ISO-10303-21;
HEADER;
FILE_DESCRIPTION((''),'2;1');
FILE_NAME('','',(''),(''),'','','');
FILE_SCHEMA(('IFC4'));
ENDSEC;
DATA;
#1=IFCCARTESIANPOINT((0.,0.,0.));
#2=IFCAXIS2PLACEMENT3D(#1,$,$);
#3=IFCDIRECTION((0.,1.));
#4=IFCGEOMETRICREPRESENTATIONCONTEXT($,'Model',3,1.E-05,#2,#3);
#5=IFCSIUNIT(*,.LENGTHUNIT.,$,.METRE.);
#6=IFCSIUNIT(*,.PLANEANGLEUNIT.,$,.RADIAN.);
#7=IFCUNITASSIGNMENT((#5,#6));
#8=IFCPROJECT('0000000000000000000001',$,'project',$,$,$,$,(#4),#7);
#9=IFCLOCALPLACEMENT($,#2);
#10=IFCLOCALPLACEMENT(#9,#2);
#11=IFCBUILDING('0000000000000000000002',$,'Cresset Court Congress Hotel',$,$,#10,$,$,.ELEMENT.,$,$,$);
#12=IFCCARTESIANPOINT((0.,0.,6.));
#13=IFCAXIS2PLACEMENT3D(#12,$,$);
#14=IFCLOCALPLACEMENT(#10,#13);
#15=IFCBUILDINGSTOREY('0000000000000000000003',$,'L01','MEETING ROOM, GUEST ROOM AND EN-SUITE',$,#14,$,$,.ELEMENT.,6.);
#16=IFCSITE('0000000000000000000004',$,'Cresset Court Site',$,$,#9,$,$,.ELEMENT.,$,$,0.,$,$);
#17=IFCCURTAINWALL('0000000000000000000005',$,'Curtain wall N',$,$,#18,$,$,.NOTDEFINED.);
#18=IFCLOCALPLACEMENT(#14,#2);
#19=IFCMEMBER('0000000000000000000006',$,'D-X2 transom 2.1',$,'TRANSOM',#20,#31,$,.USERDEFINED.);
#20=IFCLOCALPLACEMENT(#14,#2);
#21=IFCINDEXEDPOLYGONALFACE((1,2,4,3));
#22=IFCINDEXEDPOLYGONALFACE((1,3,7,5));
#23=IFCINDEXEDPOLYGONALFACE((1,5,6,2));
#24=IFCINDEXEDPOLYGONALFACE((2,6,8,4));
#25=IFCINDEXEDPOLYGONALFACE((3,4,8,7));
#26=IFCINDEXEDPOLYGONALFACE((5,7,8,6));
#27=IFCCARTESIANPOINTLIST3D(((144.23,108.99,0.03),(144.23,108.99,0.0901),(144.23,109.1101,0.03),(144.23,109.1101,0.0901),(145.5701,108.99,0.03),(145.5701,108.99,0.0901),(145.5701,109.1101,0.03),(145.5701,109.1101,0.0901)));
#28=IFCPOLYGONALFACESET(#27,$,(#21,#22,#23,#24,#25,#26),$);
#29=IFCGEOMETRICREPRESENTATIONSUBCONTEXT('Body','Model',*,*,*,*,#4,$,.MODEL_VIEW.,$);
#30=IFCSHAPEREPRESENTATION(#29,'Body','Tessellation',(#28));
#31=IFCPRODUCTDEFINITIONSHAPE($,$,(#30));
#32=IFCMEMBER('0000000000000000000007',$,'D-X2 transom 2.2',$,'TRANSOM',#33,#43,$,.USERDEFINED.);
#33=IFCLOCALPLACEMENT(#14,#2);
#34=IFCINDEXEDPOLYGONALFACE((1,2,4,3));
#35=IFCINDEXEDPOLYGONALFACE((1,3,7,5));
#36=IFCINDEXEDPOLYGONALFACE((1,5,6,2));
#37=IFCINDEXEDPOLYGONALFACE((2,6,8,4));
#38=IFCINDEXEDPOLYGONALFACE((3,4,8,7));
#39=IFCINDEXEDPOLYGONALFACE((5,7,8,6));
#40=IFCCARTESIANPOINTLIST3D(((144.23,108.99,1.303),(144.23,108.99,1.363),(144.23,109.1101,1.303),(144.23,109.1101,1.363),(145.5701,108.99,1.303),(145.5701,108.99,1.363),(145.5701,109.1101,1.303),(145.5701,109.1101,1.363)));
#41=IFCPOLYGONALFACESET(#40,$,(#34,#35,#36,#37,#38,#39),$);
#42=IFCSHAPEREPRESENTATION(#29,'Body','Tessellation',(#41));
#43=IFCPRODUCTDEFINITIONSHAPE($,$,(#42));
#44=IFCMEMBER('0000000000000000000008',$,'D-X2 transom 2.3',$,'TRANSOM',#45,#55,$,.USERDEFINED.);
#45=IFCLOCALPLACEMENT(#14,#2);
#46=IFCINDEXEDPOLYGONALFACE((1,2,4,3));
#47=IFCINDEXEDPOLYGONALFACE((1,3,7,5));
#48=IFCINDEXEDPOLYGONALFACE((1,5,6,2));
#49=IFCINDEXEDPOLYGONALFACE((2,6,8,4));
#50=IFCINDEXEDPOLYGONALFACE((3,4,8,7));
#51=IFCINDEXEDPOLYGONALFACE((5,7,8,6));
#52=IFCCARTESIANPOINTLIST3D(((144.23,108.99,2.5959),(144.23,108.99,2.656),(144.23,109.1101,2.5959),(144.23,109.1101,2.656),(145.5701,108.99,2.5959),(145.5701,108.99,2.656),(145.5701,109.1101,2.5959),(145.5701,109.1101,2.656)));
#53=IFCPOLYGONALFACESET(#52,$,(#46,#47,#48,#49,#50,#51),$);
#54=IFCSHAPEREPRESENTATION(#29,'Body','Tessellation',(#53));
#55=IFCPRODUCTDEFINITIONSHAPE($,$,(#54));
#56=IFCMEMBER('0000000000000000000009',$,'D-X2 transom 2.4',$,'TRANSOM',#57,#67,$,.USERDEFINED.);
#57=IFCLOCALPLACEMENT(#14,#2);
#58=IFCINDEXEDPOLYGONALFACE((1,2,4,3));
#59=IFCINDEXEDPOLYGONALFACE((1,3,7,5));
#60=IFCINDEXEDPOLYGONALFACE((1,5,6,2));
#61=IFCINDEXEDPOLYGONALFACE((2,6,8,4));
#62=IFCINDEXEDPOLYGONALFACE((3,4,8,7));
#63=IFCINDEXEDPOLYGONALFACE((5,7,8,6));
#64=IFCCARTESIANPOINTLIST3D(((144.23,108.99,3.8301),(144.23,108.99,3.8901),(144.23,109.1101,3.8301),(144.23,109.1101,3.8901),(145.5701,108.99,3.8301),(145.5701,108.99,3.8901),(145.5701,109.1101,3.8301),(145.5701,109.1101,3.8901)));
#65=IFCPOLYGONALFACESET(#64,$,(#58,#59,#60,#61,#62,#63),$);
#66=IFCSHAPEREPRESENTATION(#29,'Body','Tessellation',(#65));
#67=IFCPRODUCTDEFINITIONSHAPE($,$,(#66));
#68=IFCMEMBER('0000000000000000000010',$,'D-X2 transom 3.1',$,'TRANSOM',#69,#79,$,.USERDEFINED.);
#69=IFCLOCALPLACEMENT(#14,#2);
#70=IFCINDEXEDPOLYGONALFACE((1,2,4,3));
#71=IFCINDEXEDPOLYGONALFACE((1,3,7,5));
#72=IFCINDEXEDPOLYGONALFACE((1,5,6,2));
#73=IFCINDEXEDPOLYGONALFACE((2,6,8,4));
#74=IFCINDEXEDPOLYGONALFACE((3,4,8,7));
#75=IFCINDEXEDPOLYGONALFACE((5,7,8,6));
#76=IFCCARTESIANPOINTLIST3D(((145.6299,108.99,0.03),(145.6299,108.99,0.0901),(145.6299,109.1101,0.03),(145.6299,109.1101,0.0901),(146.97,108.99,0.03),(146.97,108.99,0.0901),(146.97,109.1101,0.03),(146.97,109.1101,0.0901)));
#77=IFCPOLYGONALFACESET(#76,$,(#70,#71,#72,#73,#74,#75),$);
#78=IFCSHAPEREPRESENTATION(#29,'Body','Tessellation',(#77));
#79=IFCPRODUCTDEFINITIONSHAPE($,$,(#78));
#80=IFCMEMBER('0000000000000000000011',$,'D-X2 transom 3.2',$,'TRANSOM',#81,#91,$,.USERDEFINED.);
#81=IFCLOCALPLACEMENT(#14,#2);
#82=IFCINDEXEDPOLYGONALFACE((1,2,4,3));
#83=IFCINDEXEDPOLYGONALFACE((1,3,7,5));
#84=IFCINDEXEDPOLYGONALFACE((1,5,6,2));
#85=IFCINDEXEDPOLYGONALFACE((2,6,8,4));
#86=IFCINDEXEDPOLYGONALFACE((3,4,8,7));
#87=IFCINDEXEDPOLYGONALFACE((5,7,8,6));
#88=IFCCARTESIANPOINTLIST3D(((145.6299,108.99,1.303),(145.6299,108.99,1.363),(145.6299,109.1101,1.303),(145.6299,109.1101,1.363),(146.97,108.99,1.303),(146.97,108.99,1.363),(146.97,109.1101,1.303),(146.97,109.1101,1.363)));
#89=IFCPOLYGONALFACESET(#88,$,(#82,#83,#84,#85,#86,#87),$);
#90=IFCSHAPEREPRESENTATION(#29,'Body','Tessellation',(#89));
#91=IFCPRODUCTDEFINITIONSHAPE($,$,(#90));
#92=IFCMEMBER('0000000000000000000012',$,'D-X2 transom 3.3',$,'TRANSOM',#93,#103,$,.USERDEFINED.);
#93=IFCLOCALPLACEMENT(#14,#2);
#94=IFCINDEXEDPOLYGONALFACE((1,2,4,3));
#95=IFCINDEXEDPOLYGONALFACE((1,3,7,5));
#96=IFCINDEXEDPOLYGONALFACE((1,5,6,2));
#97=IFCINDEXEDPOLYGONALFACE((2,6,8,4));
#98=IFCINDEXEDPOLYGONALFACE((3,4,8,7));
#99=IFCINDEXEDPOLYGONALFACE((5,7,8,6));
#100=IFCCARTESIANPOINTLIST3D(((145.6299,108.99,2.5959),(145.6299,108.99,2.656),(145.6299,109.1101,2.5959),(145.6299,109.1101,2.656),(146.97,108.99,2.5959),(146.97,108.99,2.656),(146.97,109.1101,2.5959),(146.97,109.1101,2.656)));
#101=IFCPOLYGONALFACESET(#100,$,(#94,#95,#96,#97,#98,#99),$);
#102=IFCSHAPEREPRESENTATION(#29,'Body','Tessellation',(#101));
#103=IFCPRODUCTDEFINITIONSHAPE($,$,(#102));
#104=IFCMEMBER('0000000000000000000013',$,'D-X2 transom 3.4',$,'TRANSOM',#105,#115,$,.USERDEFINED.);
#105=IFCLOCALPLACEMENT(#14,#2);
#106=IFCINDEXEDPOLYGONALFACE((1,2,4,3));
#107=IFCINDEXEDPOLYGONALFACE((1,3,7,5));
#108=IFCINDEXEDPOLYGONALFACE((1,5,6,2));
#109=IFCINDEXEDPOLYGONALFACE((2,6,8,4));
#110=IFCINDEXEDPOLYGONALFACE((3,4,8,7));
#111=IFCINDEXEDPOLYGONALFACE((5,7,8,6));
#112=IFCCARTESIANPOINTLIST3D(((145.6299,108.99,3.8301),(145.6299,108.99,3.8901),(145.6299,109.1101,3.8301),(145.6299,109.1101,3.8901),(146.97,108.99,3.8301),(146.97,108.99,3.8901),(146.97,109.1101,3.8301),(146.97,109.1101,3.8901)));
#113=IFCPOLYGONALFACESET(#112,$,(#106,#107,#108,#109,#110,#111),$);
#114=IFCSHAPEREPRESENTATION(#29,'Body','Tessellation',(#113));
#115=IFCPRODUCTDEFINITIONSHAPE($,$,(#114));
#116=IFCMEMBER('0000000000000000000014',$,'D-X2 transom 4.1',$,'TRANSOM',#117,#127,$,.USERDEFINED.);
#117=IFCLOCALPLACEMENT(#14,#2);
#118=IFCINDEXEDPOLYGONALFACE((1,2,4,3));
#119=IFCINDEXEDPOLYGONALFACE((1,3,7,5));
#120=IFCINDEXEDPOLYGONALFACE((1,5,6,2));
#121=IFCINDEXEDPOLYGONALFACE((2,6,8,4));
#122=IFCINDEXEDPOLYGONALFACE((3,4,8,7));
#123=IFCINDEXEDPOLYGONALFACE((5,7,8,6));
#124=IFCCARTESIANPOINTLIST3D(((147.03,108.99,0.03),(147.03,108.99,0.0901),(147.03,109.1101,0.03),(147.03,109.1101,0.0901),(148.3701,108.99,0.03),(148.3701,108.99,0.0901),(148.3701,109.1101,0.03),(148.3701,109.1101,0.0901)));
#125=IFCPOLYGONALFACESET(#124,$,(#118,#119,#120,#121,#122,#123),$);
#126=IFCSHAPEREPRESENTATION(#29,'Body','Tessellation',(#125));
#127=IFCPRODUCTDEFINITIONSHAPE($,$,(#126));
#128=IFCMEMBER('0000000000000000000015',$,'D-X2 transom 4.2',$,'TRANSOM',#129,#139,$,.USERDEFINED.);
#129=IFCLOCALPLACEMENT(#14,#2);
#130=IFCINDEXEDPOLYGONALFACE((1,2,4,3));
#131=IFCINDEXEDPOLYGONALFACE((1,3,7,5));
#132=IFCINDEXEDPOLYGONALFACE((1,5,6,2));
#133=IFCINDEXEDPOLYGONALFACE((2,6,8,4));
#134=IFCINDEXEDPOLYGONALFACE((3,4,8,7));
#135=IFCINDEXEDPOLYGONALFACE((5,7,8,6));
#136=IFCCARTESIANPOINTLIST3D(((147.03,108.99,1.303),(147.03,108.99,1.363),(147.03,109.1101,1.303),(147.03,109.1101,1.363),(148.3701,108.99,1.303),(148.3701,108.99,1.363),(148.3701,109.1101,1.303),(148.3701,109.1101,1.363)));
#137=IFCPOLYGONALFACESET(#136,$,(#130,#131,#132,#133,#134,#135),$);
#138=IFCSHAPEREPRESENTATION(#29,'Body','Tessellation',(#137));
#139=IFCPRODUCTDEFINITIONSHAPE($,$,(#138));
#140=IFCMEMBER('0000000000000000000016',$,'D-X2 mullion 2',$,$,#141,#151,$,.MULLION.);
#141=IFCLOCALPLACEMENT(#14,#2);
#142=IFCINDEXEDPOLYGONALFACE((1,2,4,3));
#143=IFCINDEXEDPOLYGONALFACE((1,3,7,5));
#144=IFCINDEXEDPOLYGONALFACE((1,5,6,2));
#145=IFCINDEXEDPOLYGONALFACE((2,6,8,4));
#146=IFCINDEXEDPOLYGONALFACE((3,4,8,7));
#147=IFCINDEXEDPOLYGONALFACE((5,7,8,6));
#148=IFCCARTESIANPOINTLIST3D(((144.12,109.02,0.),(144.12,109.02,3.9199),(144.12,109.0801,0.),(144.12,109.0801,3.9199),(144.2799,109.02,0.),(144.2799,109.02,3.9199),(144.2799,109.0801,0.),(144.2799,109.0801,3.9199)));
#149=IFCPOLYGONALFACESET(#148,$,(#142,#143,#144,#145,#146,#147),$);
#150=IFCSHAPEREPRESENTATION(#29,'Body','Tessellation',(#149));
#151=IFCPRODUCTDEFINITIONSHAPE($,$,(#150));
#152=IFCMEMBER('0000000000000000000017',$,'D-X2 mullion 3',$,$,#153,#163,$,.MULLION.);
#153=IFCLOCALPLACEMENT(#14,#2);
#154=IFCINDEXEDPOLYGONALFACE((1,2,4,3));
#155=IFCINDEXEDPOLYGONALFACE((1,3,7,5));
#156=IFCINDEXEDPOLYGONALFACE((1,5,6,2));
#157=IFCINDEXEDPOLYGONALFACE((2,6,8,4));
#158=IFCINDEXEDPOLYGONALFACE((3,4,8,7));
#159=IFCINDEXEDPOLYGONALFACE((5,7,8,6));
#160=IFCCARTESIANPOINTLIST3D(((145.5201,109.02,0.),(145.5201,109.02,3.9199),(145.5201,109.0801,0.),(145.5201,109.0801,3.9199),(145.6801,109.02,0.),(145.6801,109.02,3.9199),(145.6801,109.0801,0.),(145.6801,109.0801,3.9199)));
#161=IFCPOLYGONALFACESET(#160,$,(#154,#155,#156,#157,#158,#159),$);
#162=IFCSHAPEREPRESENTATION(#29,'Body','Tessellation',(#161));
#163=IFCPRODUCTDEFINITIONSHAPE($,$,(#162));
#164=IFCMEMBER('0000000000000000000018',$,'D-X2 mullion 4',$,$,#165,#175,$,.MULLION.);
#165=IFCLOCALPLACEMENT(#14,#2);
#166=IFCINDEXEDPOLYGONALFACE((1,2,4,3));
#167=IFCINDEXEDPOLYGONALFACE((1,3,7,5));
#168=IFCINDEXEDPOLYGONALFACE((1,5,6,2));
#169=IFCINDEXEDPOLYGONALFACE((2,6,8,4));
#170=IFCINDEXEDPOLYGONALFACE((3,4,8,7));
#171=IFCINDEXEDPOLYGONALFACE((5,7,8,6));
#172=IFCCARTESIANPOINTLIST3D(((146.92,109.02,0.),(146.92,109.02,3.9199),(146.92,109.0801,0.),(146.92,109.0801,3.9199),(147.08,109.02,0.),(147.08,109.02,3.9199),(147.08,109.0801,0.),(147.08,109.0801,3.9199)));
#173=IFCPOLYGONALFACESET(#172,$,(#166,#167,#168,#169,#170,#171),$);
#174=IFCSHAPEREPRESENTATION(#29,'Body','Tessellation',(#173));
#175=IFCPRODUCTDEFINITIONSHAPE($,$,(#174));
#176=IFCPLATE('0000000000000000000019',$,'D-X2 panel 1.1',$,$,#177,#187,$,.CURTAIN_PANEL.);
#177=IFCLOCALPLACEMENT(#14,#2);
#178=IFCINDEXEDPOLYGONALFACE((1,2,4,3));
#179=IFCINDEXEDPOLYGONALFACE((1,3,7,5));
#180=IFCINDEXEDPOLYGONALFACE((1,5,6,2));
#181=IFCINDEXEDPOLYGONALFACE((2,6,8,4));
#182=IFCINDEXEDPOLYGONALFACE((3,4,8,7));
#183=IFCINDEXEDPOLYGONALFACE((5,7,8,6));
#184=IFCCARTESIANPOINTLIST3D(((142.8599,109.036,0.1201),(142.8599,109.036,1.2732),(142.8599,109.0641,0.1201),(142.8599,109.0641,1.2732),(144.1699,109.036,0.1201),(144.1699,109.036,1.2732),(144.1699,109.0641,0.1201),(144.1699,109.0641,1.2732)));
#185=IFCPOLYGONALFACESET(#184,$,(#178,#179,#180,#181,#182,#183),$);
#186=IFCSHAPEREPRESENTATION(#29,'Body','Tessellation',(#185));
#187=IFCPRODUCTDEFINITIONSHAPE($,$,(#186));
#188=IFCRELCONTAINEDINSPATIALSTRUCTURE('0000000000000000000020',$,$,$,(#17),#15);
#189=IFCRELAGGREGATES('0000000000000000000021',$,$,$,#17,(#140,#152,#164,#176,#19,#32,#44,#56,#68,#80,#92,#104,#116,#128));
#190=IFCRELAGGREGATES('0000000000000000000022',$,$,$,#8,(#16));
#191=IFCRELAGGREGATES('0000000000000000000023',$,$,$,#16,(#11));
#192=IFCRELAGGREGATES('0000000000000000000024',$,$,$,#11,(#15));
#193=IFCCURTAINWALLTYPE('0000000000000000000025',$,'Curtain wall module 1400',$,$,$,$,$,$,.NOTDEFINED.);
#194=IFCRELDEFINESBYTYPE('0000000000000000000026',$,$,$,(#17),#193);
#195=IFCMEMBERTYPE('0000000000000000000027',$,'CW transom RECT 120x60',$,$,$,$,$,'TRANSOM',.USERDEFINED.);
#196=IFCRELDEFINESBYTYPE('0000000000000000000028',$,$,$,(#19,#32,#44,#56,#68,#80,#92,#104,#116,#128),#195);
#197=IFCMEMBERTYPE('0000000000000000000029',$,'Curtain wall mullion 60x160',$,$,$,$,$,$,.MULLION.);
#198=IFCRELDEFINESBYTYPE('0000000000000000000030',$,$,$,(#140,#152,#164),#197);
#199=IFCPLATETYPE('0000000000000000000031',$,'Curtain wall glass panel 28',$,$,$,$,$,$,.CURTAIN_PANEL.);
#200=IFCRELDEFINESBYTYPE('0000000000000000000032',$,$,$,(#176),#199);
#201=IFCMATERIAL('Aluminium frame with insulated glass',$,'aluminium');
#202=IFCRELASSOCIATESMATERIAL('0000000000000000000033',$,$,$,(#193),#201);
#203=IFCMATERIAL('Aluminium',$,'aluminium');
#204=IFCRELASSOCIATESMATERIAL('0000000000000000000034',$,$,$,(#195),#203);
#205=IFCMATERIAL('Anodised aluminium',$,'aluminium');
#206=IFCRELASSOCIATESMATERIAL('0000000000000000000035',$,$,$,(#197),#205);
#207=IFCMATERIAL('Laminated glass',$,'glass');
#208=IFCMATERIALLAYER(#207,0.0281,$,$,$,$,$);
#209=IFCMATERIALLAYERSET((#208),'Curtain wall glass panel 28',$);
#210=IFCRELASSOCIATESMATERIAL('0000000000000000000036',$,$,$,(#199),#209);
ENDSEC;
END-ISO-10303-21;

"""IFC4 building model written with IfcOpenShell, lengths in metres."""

from ifc_helpers import new_model, si_unit, direction, frame, origin, origin_2d, place, context, subcontext, project, spatial, rectangle, extrude, material, layer, layer_set, material_profile, profile_set, type_object, element, aggregate, save


model = new_model("IFC4")

# Units and contexts
model_context = context("Model", 3, precision=1e-05, world=origin(), true_north=direction((0.0, 1.0)))
body_context = subcontext(model_context, "Body", "Model", "MODEL_VIEW")
ifc_project = project(units=[si_unit("LENGTHUNIT", "METRE"), si_unit("PLANEANGLEUNIT", "RADIAN")], contexts=[model_context])

# Site, building, storey
site_placement = place(None, origin())
site = spatial("IfcSite", under=ifc_project, at=site_placement, Name="Cresset Court Site", CompositionType="ELEMENT", RefElevation=0.0)
building_placement = place(site_placement, origin())
building = spatial("IfcBuilding", under=site, at=building_placement, Name="Cresset Court Congress Hotel", CompositionType="ELEMENT")
storey_placement = place(building_placement, frame((0.0, 0.0, 6.0)))
storey = spatial("IfcBuildingStorey", under=building, at=storey_placement, Name="L01", Description="MEETING ROOM, GUEST ROOM AND EN-SUITE", CompositionType="ELEMENT", Elevation=6.0)

# Curtain wall, members, plate
ifc_material_1 = material(Name="Aluminium frame with insulated glass", Category="aluminium")
curtain_wall_type = type_object("IfcCurtainWallType", Name="Curtain wall module 1400", PredefinedType="NOTDEFINED", material=ifc_material_1)
curtain_wall_placement = place(storey_placement, origin())
curtain_wall = element("IfcCurtainWall", 1, at=curtain_wall_placement, inside=storey, type_object=curtain_wall_type, Name="Curtain wall N", PredefinedType="NOTDEFINED")
ifc_material_2 = material(Name="Aluminium", Category="aluminium")
ifc_material_profile_1 = material_profile(ifc_material_2, rectangle(XDim=0.1201, YDim=0.0601, at=origin_2d()), Name="AL 120x60")
ifc_profile_set_1 = profile_set([ifc_material_profile_1], Name="Aluminium")
member_type_1 = type_object("IfcMemberType", Name="CW transom RECT 120x60", ElementType="TRANSOM", PredefinedType="USERDEFINED", material=ifc_profile_set_1)
member_1_placement = place(storey_placement, frame((144.23, 109.05, 0.0601), z_axis=(1.0, 0.0, 0.0), x_axis=(0.0, 1.0, 0.0)))
member_1 = element("IfcMember", 2, at=member_1_placement, type_object=member_type_1, Name="D-X2 transom 2.1", ObjectType="TRANSOM", PredefinedType="USERDEFINED", context=body_context, shape_type="SweptSolid", body=[
    extrude(rectangle(XDim=0.1201, YDim=0.0601, at=origin_2d()), origin(), (0.0, 0.0, 1.0), 1.3401),
])
member_2_placement = place(storey_placement, frame((144.23, 109.05, 1.333), z_axis=(1.0, 0.0, 0.0), x_axis=(0.0, 1.0, 0.0)))
member_2 = element("IfcMember", 3, at=member_2_placement, type_object=member_type_1, Name="D-X2 transom 2.2", ObjectType="TRANSOM", PredefinedType="USERDEFINED", context=body_context, shape_type="SweptSolid", body=[
    extrude(rectangle(XDim=0.1201, YDim=0.0601, at=origin_2d()), origin(), (0.0, 0.0, 1.0), 1.3401),
])
member_3_placement = place(storey_placement, frame((144.23, 109.05, 2.626), z_axis=(1.0, 0.0, 0.0), x_axis=(0.0, 1.0, 0.0)))
member_3 = element("IfcMember", 4, at=member_3_placement, type_object=member_type_1, Name="D-X2 transom 2.3", ObjectType="TRANSOM", PredefinedType="USERDEFINED", context=body_context, shape_type="SweptSolid", body=[
    extrude(rectangle(XDim=0.1201, YDim=0.0601, at=origin_2d()), origin(), (0.0, 0.0, 1.0), 1.3401),
])
member_4_placement = place(storey_placement, frame((144.23, 109.05, 3.8601), z_axis=(1.0, 0.0, 0.0), x_axis=(0.0, 1.0, 0.0)))
member_4 = element("IfcMember", 5, at=member_4_placement, type_object=member_type_1, Name="D-X2 transom 2.4", ObjectType="TRANSOM", PredefinedType="USERDEFINED", context=body_context, shape_type="SweptSolid", body=[
    extrude(rectangle(XDim=0.1201, YDim=0.0601, at=origin_2d()), origin(), (0.0, 0.0, 1.0), 1.3401),
])
member_5_placement = place(storey_placement, frame((145.6299, 109.05, 0.0601), z_axis=(1.0, 0.0, 0.0), x_axis=(0.0, 1.0, 0.0)))
member_5 = element("IfcMember", 6, at=member_5_placement, type_object=member_type_1, Name="D-X2 transom 3.1", ObjectType="TRANSOM", PredefinedType="USERDEFINED", context=body_context, shape_type="SweptSolid", body=[
    extrude(rectangle(XDim=0.1201, YDim=0.0601, at=origin_2d()), origin(), (0.0, 0.0, 1.0), 1.3401),
])
member_6_placement = place(storey_placement, frame((145.6299, 109.05, 1.333), z_axis=(1.0, 0.0, 0.0), x_axis=(0.0, 1.0, 0.0)))
member_6 = element("IfcMember", 7, at=member_6_placement, type_object=member_type_1, Name="D-X2 transom 3.2", ObjectType="TRANSOM", PredefinedType="USERDEFINED", context=body_context, shape_type="SweptSolid", body=[
    extrude(rectangle(XDim=0.1201, YDim=0.0601, at=origin_2d()), origin(), (0.0, 0.0, 1.0), 1.3401),
])
member_7_placement = place(storey_placement, frame((145.6299, 109.05, 2.626), z_axis=(1.0, 0.0, 0.0), x_axis=(0.0, 1.0, 0.0)))
member_7 = element("IfcMember", 8, at=member_7_placement, type_object=member_type_1, Name="D-X2 transom 3.3", ObjectType="TRANSOM", PredefinedType="USERDEFINED", context=body_context, shape_type="SweptSolid", body=[
    extrude(rectangle(XDim=0.1201, YDim=0.0601, at=origin_2d()), origin(), (0.0, 0.0, 1.0), 1.3401),
])
member_8_placement = place(storey_placement, frame((145.6299, 109.05, 3.8601), z_axis=(1.0, 0.0, 0.0), x_axis=(0.0, 1.0, 0.0)))
member_8 = element("IfcMember", 9, at=member_8_placement, type_object=member_type_1, Name="D-X2 transom 3.4", ObjectType="TRANSOM", PredefinedType="USERDEFINED", context=body_context, shape_type="SweptSolid", body=[
    extrude(rectangle(XDim=0.1201, YDim=0.0601, at=origin_2d()), origin(), (0.0, 0.0, 1.0), 1.3401),
])
member_9_placement = place(storey_placement, frame((147.03, 109.05, 0.0601), z_axis=(1.0, 0.0, 0.0), x_axis=(0.0, 1.0, 0.0)))
member_9 = element("IfcMember", 10, at=member_9_placement, type_object=member_type_1, Name="D-X2 transom 4.1", ObjectType="TRANSOM", PredefinedType="USERDEFINED", context=body_context, shape_type="SweptSolid", body=[
    extrude(rectangle(XDim=0.1201, YDim=0.0601, at=origin_2d()), origin(), (0.0, 0.0, 1.0), 1.3401),
])
member_10_placement = place(storey_placement, frame((147.03, 109.05, 1.333), z_axis=(1.0, 0.0, 0.0), x_axis=(0.0, 1.0, 0.0)))
member_10 = element("IfcMember", 11, at=member_10_placement, type_object=member_type_1, Name="D-X2 transom 4.2", ObjectType="TRANSOM", PredefinedType="USERDEFINED", context=body_context, shape_type="SweptSolid", body=[
    extrude(rectangle(XDim=0.1201, YDim=0.0601, at=origin_2d()), origin(), (0.0, 0.0, 1.0), 1.3401),
])
ifc_material_3 = material(Name="Anodised aluminium", Category="aluminium")
ifc_material_profile_2 = material_profile(ifc_material_3, rectangle(XDim=0.0601, YDim=0.1599, at=origin_2d()), Name="AL60x160")
ifc_profile_set_2 = profile_set([ifc_material_profile_2], Name="Anodised aluminium")
member_type_2 = type_object("IfcMemberType", Name="Curtain wall mullion 60x160", PredefinedType="MULLION", material=ifc_profile_set_2)
member_11_placement = place(storey_placement, frame((144.2, 109.05, 0.0), z_axis=(0.0, 0.0, 1.0), x_axis=(0.0, 1.0, 0.0)))
member_11 = element("IfcMember", 12, at=member_11_placement, type_object=member_type_2, Name="D-X2 mullion 2", PredefinedType="MULLION", context=body_context, shape_type="SweptSolid", body=[
    extrude(rectangle(XDim=0.0601, YDim=0.1599, at=origin_2d()), origin(), (0.0, 0.0, 1.0), 3.9199),
])
member_12_placement = place(storey_placement, frame((145.6001, 109.05, 0.0), z_axis=(0.0, 0.0, 1.0), x_axis=(0.0, 1.0, 0.0)))
member_12 = element("IfcMember", 13, at=member_12_placement, type_object=member_type_2, Name="D-X2 mullion 3", PredefinedType="MULLION", context=body_context, shape_type="SweptSolid", body=[
    extrude(rectangle(XDim=0.0601, YDim=0.1599, at=origin_2d()), origin(), (0.0, 0.0, 1.0), 3.9199),
])
member_13_placement = place(storey_placement, frame((147.0, 109.05, 0.0), z_axis=(0.0, 0.0, 1.0), x_axis=(0.0, 1.0, 0.0)))
member_13 = element("IfcMember", 14, at=member_13_placement, type_object=member_type_2, Name="D-X2 mullion 4", PredefinedType="MULLION", context=body_context, shape_type="SweptSolid", body=[
    extrude(rectangle(XDim=0.0601, YDim=0.1599, at=origin_2d()), origin(), (0.0, 0.0, 1.0), 3.9199),
])
ifc_material_4 = material(Name="Laminated glass", Category="glass")
ifc_layer = layer(ifc_material_4, 0.0281)
ifc_layer_set = layer_set([ifc_layer], Name="Curtain wall glass panel 28")
plate_type = type_object("IfcPlateType", Name="Curtain wall glass panel 28", PredefinedType="CURTAIN_PANEL", material=ifc_layer_set)
plate_1_placement = place(storey_placement, frame((143.5149, 109.05, 0.1201), z_axis=(0.0, 0.0, 1.0), x_axis=(1.0, 0.0, 0.0)))
plate_1 = element("IfcPlate", 15, at=plate_1_placement, type_object=plate_type, Name="D-X2 panel 1.1", PredefinedType="CURTAIN_PANEL", context=body_context, shape_type="SweptSolid", body=[
    extrude(rectangle(XDim=1.3101, YDim=0.0281, at=origin_2d()), origin(), (0.0, 0.0, 1.0), 1.1531),
])
aggregate(curtain_wall, [member_11, member_12, member_13, plate_1, member_1, member_2, member_3, member_4, member_5, member_6, member_7, member_8, member_9, member_10])

save(model, "model.ifc")
